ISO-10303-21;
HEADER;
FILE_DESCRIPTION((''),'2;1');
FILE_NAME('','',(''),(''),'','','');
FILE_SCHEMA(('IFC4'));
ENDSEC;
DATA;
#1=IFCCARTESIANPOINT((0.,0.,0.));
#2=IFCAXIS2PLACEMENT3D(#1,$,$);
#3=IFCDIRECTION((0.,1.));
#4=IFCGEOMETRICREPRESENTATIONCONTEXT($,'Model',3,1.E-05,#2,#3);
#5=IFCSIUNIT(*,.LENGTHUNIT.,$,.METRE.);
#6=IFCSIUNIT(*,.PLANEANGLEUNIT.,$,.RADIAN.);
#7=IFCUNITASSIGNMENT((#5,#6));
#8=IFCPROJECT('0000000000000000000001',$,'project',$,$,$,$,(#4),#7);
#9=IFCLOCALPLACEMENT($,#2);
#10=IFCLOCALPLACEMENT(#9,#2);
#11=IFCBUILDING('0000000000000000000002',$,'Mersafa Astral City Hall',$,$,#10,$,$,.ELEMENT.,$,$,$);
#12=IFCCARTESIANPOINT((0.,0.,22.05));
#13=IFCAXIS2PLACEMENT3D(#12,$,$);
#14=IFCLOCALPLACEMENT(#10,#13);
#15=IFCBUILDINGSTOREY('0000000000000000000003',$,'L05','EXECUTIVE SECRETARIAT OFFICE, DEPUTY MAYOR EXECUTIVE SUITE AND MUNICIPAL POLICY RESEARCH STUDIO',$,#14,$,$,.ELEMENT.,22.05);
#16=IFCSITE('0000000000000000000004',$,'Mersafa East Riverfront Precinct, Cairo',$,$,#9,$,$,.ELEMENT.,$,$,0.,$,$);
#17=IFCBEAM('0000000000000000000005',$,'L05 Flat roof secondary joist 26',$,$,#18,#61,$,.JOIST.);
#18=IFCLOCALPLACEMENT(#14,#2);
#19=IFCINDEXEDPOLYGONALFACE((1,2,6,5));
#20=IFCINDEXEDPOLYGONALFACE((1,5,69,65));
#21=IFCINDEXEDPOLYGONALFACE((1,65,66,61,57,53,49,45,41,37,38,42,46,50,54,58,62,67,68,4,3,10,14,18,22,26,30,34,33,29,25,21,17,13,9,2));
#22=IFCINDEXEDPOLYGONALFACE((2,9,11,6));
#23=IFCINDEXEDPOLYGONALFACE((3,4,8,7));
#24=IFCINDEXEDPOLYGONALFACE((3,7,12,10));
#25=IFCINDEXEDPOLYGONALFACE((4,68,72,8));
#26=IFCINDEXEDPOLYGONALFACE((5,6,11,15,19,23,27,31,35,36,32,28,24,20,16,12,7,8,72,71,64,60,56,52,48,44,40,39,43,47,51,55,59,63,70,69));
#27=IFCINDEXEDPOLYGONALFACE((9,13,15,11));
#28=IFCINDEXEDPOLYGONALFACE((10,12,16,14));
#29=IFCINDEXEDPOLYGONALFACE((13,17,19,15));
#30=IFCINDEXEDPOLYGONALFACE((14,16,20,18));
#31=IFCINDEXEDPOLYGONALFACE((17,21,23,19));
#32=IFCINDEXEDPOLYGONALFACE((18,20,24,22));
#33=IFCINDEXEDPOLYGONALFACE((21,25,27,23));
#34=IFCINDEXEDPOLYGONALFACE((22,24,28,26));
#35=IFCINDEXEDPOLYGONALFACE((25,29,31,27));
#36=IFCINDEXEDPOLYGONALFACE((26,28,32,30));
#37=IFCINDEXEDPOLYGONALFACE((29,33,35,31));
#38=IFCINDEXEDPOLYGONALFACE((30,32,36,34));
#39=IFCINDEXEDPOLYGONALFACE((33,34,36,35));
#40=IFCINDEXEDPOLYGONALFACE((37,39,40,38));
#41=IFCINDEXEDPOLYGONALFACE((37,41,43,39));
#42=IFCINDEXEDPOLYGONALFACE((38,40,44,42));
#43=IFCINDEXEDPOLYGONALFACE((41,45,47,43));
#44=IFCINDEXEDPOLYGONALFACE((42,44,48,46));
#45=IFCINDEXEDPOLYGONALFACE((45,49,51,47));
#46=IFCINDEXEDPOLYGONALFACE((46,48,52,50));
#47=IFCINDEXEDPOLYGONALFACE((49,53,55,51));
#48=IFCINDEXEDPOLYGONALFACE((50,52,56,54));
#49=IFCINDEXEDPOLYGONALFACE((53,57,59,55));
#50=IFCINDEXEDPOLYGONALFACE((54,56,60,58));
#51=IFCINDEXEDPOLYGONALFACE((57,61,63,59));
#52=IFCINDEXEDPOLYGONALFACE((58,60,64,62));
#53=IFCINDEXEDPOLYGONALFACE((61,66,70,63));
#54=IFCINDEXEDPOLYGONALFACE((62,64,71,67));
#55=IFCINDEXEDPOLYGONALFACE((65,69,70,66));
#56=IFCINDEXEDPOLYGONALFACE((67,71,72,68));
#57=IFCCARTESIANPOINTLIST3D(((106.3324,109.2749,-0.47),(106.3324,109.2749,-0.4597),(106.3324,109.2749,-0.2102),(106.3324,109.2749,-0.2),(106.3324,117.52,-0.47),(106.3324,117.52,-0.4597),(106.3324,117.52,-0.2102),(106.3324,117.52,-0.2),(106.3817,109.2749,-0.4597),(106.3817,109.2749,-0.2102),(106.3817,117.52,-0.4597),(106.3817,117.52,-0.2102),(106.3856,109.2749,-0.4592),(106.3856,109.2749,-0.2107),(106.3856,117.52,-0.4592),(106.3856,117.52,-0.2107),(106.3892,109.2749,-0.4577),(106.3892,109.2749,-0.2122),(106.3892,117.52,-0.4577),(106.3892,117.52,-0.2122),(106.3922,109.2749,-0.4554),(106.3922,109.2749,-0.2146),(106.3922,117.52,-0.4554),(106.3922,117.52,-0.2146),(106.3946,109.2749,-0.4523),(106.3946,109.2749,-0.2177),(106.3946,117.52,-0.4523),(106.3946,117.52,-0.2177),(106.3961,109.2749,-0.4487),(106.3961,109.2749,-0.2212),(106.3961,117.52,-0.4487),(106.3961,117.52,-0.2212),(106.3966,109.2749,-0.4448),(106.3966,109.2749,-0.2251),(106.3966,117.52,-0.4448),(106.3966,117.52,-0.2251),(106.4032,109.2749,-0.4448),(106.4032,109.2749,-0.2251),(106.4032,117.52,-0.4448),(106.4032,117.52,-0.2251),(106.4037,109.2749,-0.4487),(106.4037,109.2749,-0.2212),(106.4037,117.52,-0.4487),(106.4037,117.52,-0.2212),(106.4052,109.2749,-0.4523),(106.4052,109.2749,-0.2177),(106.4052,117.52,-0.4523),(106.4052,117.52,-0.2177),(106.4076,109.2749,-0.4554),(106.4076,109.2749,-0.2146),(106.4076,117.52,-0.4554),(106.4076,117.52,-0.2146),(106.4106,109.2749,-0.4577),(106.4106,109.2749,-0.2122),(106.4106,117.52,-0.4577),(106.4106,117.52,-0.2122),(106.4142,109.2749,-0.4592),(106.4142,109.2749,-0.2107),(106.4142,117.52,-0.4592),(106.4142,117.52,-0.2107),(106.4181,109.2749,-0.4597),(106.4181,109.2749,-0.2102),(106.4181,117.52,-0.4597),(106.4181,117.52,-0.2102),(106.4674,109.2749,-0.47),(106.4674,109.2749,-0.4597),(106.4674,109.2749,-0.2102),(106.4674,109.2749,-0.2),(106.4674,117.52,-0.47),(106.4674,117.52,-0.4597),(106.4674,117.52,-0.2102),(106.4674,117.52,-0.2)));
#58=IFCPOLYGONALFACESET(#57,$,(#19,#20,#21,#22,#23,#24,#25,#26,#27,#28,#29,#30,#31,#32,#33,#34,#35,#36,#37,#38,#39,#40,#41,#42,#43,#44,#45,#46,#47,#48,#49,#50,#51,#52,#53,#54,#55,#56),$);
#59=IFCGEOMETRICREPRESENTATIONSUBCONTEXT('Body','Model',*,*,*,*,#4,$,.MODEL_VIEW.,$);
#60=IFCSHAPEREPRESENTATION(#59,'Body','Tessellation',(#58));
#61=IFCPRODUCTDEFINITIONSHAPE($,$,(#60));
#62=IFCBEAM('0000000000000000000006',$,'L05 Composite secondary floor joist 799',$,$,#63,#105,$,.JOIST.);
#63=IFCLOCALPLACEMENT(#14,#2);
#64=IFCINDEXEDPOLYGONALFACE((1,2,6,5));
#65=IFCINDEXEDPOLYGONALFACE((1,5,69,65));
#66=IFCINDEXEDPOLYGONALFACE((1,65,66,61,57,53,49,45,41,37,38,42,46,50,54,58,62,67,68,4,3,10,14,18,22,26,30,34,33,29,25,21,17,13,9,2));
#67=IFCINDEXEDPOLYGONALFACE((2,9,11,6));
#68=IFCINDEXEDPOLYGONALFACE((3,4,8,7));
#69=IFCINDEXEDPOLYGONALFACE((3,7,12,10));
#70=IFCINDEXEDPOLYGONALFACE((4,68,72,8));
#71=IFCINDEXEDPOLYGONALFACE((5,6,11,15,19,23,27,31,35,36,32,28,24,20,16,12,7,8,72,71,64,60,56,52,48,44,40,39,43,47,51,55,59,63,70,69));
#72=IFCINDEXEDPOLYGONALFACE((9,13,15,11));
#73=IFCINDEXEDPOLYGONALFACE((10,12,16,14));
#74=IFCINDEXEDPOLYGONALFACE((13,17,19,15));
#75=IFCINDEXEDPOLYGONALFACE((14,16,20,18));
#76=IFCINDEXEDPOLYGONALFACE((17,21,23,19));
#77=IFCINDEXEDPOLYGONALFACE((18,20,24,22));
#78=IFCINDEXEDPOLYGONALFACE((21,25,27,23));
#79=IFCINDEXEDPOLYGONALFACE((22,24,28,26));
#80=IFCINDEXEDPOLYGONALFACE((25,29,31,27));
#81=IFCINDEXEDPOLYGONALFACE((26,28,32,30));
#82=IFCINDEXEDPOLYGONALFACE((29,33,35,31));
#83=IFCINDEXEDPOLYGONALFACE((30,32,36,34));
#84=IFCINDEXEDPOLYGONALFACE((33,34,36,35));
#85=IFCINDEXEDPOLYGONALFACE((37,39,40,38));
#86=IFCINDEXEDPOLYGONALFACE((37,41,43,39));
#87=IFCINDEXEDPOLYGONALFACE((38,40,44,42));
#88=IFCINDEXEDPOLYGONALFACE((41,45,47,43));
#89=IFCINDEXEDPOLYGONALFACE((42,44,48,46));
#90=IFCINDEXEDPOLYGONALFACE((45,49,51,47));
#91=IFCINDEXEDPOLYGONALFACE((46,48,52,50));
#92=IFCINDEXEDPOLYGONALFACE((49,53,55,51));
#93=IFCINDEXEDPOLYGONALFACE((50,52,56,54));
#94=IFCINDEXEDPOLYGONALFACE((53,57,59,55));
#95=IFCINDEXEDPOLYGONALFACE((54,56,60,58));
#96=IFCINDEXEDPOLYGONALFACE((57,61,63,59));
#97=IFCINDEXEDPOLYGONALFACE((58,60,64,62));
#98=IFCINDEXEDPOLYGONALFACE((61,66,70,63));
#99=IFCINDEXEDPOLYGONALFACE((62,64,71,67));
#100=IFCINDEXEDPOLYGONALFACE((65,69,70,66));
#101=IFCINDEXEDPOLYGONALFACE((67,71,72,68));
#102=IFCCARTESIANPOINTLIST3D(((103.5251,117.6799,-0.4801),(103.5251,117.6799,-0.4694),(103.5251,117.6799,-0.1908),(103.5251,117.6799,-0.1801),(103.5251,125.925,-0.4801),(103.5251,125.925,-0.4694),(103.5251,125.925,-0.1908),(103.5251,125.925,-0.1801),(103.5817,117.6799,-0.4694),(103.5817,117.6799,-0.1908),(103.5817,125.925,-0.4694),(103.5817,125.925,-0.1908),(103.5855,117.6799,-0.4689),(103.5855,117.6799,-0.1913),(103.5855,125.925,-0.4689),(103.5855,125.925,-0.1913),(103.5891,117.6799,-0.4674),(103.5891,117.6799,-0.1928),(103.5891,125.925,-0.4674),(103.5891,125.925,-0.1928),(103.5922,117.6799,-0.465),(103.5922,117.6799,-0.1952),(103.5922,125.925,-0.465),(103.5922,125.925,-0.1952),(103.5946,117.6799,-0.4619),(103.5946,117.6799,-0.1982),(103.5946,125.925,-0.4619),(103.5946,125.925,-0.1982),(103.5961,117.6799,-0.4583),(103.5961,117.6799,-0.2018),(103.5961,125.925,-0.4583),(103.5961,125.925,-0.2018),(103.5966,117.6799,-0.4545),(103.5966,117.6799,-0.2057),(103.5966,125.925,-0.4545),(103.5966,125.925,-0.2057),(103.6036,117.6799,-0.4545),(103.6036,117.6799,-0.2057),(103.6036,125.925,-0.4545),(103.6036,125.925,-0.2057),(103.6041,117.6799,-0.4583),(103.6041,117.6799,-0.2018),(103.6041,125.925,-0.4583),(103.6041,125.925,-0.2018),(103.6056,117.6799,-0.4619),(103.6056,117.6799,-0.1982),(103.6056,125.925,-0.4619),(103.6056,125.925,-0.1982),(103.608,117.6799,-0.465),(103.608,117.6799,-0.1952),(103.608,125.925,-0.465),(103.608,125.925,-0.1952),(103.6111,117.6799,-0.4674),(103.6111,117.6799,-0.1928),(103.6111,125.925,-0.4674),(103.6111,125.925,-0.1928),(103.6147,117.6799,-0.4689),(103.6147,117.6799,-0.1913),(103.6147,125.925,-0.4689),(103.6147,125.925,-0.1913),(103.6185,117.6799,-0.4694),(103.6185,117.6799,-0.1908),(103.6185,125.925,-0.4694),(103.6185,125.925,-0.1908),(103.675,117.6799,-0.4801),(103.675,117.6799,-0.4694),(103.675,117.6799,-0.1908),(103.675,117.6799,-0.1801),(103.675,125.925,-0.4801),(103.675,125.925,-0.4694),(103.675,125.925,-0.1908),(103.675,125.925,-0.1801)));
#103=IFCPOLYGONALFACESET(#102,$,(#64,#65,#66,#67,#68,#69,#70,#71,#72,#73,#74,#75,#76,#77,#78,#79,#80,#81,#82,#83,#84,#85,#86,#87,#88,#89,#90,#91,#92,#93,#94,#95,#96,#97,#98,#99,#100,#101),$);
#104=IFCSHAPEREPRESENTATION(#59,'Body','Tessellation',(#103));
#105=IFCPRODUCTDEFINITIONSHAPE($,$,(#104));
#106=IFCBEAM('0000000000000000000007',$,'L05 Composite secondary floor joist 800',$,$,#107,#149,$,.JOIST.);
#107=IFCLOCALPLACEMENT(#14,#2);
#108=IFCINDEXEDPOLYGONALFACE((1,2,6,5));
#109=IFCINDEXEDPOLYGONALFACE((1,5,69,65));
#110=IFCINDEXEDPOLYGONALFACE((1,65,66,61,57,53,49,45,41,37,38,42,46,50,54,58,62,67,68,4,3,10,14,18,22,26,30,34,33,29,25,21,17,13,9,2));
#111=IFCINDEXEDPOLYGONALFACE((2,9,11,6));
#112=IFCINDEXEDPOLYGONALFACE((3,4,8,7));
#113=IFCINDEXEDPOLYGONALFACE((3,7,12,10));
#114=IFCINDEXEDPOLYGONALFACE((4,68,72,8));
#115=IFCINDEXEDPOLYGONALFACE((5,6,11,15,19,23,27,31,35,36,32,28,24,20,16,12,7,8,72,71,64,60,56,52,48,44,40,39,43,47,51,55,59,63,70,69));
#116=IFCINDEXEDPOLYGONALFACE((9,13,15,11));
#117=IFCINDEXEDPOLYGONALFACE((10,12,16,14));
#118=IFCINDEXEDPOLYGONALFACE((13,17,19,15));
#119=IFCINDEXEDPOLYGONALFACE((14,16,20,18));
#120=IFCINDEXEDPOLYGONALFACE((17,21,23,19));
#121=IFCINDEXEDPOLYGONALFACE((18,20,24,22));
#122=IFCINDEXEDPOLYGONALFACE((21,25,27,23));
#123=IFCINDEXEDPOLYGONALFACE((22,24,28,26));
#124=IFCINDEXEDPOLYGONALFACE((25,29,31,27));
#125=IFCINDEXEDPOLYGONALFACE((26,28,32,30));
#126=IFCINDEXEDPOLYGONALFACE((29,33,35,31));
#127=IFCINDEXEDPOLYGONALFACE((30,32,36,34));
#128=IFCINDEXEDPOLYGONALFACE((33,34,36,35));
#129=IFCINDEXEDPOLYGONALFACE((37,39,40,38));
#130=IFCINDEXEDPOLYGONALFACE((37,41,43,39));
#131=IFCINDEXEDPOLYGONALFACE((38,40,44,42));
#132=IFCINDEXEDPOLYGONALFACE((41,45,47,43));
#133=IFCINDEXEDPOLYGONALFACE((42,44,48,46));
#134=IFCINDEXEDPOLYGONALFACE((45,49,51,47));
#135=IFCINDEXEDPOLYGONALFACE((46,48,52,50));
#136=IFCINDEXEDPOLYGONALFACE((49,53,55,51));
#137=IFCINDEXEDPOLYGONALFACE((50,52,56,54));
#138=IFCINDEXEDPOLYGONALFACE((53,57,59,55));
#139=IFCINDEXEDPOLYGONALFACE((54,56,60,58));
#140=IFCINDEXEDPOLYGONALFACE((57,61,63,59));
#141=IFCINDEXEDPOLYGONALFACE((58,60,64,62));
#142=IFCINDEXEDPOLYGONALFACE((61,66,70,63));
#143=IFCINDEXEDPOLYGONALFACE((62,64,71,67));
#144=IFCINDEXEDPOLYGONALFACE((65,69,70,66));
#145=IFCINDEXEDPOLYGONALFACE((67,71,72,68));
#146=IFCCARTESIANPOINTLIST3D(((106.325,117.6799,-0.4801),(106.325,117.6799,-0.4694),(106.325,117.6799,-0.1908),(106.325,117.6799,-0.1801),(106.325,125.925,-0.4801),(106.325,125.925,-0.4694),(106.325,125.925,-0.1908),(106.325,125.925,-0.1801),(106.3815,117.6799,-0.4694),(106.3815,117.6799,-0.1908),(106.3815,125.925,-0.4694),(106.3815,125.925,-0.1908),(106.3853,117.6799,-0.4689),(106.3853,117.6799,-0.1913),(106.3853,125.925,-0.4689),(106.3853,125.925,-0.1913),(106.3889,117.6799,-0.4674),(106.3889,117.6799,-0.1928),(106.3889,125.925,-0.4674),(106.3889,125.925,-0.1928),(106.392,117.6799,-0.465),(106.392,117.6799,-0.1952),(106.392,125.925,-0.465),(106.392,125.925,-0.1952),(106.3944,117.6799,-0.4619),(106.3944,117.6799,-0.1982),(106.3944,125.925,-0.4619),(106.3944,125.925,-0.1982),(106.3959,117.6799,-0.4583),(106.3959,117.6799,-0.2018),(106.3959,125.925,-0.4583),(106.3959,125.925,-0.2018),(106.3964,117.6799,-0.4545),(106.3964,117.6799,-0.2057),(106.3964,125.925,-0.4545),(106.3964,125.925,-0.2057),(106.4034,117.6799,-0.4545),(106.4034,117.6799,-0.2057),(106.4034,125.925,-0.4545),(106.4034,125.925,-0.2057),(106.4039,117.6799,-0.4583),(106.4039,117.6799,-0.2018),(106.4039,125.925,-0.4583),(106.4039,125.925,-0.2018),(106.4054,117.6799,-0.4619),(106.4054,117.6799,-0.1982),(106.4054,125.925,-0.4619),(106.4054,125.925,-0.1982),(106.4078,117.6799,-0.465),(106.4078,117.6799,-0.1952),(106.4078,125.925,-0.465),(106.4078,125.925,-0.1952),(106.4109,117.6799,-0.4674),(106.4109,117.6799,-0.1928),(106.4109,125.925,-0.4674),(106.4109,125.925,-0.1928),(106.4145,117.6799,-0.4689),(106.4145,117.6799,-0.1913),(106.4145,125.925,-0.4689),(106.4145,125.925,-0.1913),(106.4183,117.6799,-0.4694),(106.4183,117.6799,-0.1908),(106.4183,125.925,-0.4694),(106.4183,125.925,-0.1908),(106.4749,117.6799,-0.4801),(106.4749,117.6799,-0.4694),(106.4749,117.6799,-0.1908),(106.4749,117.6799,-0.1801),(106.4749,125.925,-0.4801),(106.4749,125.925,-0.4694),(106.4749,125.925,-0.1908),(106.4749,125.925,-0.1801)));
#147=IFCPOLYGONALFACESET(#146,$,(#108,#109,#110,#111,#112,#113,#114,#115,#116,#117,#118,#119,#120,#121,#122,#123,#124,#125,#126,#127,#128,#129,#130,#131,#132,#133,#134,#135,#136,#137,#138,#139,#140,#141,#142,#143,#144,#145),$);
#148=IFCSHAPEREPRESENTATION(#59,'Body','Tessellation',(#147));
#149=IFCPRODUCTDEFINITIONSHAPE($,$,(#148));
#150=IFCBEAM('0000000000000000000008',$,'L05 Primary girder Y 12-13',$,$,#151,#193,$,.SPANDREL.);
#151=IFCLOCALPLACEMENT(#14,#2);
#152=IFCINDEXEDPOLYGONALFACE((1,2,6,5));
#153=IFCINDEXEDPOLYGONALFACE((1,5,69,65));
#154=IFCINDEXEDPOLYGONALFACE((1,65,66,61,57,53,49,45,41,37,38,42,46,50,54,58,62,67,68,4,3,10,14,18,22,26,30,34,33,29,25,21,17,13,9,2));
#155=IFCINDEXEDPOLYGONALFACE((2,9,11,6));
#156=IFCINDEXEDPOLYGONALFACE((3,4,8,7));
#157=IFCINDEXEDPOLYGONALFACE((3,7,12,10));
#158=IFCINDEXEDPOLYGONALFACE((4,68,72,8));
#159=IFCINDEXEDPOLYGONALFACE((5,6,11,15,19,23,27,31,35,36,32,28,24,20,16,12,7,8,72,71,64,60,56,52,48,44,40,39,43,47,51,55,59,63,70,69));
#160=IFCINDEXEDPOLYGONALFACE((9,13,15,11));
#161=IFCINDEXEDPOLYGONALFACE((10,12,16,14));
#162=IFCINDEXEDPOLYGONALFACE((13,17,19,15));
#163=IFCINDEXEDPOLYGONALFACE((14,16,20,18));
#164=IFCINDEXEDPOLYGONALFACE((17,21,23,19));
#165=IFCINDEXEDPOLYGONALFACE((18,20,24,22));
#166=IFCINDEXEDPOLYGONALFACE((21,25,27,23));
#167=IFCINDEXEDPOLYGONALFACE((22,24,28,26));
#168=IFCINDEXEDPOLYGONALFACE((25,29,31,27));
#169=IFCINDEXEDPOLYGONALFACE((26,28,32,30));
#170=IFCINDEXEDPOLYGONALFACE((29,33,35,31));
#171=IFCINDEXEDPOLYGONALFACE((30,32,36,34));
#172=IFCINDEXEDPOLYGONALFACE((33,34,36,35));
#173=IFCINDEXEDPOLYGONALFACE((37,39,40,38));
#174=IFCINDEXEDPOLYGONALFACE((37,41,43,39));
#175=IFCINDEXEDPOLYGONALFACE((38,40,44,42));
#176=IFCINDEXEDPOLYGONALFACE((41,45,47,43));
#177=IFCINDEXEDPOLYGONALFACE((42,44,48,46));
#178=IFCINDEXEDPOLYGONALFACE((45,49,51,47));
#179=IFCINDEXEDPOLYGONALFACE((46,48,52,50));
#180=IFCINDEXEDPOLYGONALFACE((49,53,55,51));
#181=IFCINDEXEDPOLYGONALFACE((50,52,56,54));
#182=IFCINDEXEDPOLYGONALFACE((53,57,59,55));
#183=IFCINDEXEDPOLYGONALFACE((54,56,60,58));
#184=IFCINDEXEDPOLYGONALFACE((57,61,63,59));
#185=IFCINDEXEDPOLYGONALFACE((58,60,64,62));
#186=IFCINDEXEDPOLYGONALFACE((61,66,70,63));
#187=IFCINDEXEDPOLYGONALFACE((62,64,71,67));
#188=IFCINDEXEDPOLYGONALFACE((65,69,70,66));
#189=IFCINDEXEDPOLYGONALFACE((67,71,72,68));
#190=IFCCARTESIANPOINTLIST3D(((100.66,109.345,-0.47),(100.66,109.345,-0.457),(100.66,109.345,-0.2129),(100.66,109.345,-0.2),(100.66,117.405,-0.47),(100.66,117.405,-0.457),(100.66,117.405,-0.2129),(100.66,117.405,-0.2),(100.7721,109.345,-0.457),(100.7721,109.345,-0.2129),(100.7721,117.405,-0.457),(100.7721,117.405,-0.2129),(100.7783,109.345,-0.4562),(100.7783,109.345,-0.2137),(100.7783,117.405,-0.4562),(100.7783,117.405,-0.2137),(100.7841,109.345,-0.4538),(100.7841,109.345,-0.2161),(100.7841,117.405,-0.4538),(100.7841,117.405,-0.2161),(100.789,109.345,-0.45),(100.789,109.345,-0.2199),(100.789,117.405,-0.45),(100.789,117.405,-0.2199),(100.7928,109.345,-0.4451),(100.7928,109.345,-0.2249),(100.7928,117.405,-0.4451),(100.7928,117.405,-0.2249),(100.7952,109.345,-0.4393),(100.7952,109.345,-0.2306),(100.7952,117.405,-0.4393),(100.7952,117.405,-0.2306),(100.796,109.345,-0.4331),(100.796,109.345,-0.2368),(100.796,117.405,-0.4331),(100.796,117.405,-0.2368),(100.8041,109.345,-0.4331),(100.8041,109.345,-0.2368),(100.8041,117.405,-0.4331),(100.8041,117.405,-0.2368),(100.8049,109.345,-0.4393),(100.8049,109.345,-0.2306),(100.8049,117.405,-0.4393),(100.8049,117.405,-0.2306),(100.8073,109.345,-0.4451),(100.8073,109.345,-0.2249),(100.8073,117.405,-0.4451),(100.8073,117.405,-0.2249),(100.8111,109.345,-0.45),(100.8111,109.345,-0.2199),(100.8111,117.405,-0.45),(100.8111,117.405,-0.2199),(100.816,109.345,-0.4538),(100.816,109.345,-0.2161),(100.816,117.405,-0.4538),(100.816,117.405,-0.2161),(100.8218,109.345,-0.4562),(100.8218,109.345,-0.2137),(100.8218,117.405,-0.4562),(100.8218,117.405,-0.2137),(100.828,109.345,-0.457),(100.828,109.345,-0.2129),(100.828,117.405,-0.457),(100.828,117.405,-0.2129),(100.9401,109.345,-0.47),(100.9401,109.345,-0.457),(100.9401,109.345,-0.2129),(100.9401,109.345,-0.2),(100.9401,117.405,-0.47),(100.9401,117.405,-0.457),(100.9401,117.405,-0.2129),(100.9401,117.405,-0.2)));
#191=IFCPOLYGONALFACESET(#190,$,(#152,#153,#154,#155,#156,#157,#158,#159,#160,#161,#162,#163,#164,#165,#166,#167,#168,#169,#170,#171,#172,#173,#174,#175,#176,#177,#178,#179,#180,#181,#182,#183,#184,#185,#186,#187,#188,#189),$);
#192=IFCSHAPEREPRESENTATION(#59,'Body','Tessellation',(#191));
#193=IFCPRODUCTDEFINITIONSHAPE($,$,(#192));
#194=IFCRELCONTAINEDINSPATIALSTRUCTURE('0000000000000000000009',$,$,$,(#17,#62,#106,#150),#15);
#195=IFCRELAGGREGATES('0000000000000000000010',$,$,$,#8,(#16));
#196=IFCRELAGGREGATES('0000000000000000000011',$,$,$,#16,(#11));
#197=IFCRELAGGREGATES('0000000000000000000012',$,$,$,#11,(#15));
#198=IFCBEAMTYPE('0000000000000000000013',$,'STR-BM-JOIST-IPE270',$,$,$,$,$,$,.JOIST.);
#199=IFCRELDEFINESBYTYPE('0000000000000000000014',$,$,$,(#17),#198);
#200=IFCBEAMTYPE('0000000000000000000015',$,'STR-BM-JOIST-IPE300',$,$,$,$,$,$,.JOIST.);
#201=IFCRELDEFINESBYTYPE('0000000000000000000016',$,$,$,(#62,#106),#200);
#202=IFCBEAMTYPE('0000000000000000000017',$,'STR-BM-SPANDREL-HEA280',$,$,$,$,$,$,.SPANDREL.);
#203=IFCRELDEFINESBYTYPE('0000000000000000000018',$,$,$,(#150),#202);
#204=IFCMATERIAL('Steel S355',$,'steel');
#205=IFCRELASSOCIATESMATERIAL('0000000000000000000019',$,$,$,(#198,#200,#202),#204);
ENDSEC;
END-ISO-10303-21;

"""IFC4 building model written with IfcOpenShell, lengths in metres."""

from ifc_helpers import new_model, si_unit, direction, frame, origin, origin_2d, place, context, subcontext, project, spatial, i_section, extrude, material, material_profile, profile_set, type_object, element, save


model = new_model("IFC4")

# Units and contexts
model_context = context("Model", 3, precision=1e-05, world=origin(), true_north=direction((0.0, 1.0)))
body_context = subcontext(model_context, "Body", "Model", "MODEL_VIEW")
ifc_project = project(units=[si_unit("LENGTHUNIT", "METRE"), si_unit("PLANEANGLEUNIT", "RADIAN")], contexts=[model_context])

# Site, building, storey
site_placement = place(None, origin())
site = spatial("IfcSite", under=ifc_project, at=site_placement, Name="Mersafa East Riverfront Precinct, Cairo", CompositionType="ELEMENT", RefElevation=0.0)
building_placement = place(site_placement, origin())
building = spatial("IfcBuilding", under=site, at=building_placement, Name="Mersafa Astral City Hall", CompositionType="ELEMENT")
storey_placement = place(building_placement, frame((0.0, 0.0, 22.05)))
storey = spatial("IfcBuildingStorey", under=building, at=storey_placement, Name="L05", Description="EXECUTIVE SECRETARIAT OFFICE, DEPUTY MAYOR EXECUTIVE SUITE AND MUNICIPAL POLICY RESEARCH STUDIO", CompositionType="ELEMENT", Elevation=22.05)

# Shared definitions
ifc_material_1 = material(Name="Steel S355", Category="steel")

# Beams
ifc_material_profile_1 = material_profile(ifc_material_1, i_section(OverallWidth=0.135, OverallDepth=0.27, WebThickness=0.0066, FlangeThickness=0.0103, FilletRadius=0.0149, at=origin_2d()), Name="IPE 270")
ifc_profile_set_1 = profile_set([ifc_material_profile_1], Name="Steel S355")
beam_type_1 = type_object("IfcBeamType", Name="STR-BM-JOIST-IPE270", PredefinedType="JOIST", material=ifc_profile_set_1)
beam_1_placement = place(storey_placement, frame((106.3999, 109.2749, -0.335), z_axis=(0.0, 1.0, 0.0), x_axis=(-1.0, 0.0, 0.0)))
element("IfcBeam", 1, at=beam_1_placement, inside=storey, type_object=beam_type_1, Name="L05 Flat roof secondary joist 26", PredefinedType="JOIST", context=body_context, shape_type="SweptSolid", body=[
    extrude(i_section(OverallWidth=0.135, OverallDepth=0.27, WebThickness=0.0066, FlangeThickness=0.0103, FilletRadius=0.0149, at=origin_2d()), origin(), (0.0, 0.0, 1.0), 8.2451),
])
ifc_material_profile_2 = material_profile(ifc_material_1, i_section(OverallWidth=0.1499, OverallDepth=0.3, WebThickness=0.0071, FlangeThickness=0.0107, FilletRadius=0.0149, at=origin_2d()), Name="IPE 300")
ifc_profile_set_2 = profile_set([ifc_material_profile_2], Name="Steel S355")
beam_type_2 = type_object("IfcBeamType", Name="STR-BM-JOIST-IPE300", PredefinedType="JOIST", material=ifc_profile_set_2)
for number, where, z_axis, x_axis, name in (
    (2, (103.6001, 117.6799, -0.3301), (0.0, 1.0, 0.0), (-1.0, 0.0, 0.0), "L05 Composite secondary floor joist 799"),
    (3, (106.3999, 117.6799, -0.3301), (0.0, 1.0, 0.0), (-1.0, 0.0, 0.0), "L05 Composite secondary floor joist 800"),
):
    element("IfcBeam", number, at=place(storey_placement, frame(where, z_axis=z_axis, x_axis=x_axis)), inside=storey, type_object=beam_type_2, Name=name, PredefinedType="JOIST", context=body_context, shape_type="SweptSolid", body=[
        extrude(i_section(OverallWidth=0.1499, OverallDepth=0.3, WebThickness=0.0071, FlangeThickness=0.0107, FilletRadius=0.0149, at=origin_2d()), origin(), (0.0, 0.0, 1.0), 8.2451),
    ])
ifc_material_profile_3 = material_profile(ifc_material_1, i_section(OverallWidth=0.28, OverallDepth=0.27, WebThickness=0.0081, FlangeThickness=0.0129, FilletRadius=0.0239, at=origin_2d()), Name="HEA 280")
ifc_profile_set_3 = profile_set([ifc_material_profile_3], Name="Steel S355")
beam_type_3 = type_object("IfcBeamType", Name="STR-BM-SPANDREL-HEA280", PredefinedType="SPANDREL", material=ifc_profile_set_3)
beam_2_placement = place(storey_placement, frame((100.8, 109.345, -0.335), z_axis=(0.0, 1.0, 0.0), x_axis=(-1.0, 0.0, 0.0)))
element("IfcBeam", 4, at=beam_2_placement, inside=storey, type_object=beam_type_3, Name="L05 Primary girder Y 12-13", PredefinedType="SPANDREL", context=body_context, shape_type="SweptSolid", body=[
    extrude(i_section(OverallWidth=0.28, OverallDepth=0.27, WebThickness=0.0081, FlangeThickness=0.0129, FilletRadius=0.0239, at=origin_2d()), origin(), (0.0, 0.0, 1.0), 8.0601),
])

save(model, "model.ifc")
